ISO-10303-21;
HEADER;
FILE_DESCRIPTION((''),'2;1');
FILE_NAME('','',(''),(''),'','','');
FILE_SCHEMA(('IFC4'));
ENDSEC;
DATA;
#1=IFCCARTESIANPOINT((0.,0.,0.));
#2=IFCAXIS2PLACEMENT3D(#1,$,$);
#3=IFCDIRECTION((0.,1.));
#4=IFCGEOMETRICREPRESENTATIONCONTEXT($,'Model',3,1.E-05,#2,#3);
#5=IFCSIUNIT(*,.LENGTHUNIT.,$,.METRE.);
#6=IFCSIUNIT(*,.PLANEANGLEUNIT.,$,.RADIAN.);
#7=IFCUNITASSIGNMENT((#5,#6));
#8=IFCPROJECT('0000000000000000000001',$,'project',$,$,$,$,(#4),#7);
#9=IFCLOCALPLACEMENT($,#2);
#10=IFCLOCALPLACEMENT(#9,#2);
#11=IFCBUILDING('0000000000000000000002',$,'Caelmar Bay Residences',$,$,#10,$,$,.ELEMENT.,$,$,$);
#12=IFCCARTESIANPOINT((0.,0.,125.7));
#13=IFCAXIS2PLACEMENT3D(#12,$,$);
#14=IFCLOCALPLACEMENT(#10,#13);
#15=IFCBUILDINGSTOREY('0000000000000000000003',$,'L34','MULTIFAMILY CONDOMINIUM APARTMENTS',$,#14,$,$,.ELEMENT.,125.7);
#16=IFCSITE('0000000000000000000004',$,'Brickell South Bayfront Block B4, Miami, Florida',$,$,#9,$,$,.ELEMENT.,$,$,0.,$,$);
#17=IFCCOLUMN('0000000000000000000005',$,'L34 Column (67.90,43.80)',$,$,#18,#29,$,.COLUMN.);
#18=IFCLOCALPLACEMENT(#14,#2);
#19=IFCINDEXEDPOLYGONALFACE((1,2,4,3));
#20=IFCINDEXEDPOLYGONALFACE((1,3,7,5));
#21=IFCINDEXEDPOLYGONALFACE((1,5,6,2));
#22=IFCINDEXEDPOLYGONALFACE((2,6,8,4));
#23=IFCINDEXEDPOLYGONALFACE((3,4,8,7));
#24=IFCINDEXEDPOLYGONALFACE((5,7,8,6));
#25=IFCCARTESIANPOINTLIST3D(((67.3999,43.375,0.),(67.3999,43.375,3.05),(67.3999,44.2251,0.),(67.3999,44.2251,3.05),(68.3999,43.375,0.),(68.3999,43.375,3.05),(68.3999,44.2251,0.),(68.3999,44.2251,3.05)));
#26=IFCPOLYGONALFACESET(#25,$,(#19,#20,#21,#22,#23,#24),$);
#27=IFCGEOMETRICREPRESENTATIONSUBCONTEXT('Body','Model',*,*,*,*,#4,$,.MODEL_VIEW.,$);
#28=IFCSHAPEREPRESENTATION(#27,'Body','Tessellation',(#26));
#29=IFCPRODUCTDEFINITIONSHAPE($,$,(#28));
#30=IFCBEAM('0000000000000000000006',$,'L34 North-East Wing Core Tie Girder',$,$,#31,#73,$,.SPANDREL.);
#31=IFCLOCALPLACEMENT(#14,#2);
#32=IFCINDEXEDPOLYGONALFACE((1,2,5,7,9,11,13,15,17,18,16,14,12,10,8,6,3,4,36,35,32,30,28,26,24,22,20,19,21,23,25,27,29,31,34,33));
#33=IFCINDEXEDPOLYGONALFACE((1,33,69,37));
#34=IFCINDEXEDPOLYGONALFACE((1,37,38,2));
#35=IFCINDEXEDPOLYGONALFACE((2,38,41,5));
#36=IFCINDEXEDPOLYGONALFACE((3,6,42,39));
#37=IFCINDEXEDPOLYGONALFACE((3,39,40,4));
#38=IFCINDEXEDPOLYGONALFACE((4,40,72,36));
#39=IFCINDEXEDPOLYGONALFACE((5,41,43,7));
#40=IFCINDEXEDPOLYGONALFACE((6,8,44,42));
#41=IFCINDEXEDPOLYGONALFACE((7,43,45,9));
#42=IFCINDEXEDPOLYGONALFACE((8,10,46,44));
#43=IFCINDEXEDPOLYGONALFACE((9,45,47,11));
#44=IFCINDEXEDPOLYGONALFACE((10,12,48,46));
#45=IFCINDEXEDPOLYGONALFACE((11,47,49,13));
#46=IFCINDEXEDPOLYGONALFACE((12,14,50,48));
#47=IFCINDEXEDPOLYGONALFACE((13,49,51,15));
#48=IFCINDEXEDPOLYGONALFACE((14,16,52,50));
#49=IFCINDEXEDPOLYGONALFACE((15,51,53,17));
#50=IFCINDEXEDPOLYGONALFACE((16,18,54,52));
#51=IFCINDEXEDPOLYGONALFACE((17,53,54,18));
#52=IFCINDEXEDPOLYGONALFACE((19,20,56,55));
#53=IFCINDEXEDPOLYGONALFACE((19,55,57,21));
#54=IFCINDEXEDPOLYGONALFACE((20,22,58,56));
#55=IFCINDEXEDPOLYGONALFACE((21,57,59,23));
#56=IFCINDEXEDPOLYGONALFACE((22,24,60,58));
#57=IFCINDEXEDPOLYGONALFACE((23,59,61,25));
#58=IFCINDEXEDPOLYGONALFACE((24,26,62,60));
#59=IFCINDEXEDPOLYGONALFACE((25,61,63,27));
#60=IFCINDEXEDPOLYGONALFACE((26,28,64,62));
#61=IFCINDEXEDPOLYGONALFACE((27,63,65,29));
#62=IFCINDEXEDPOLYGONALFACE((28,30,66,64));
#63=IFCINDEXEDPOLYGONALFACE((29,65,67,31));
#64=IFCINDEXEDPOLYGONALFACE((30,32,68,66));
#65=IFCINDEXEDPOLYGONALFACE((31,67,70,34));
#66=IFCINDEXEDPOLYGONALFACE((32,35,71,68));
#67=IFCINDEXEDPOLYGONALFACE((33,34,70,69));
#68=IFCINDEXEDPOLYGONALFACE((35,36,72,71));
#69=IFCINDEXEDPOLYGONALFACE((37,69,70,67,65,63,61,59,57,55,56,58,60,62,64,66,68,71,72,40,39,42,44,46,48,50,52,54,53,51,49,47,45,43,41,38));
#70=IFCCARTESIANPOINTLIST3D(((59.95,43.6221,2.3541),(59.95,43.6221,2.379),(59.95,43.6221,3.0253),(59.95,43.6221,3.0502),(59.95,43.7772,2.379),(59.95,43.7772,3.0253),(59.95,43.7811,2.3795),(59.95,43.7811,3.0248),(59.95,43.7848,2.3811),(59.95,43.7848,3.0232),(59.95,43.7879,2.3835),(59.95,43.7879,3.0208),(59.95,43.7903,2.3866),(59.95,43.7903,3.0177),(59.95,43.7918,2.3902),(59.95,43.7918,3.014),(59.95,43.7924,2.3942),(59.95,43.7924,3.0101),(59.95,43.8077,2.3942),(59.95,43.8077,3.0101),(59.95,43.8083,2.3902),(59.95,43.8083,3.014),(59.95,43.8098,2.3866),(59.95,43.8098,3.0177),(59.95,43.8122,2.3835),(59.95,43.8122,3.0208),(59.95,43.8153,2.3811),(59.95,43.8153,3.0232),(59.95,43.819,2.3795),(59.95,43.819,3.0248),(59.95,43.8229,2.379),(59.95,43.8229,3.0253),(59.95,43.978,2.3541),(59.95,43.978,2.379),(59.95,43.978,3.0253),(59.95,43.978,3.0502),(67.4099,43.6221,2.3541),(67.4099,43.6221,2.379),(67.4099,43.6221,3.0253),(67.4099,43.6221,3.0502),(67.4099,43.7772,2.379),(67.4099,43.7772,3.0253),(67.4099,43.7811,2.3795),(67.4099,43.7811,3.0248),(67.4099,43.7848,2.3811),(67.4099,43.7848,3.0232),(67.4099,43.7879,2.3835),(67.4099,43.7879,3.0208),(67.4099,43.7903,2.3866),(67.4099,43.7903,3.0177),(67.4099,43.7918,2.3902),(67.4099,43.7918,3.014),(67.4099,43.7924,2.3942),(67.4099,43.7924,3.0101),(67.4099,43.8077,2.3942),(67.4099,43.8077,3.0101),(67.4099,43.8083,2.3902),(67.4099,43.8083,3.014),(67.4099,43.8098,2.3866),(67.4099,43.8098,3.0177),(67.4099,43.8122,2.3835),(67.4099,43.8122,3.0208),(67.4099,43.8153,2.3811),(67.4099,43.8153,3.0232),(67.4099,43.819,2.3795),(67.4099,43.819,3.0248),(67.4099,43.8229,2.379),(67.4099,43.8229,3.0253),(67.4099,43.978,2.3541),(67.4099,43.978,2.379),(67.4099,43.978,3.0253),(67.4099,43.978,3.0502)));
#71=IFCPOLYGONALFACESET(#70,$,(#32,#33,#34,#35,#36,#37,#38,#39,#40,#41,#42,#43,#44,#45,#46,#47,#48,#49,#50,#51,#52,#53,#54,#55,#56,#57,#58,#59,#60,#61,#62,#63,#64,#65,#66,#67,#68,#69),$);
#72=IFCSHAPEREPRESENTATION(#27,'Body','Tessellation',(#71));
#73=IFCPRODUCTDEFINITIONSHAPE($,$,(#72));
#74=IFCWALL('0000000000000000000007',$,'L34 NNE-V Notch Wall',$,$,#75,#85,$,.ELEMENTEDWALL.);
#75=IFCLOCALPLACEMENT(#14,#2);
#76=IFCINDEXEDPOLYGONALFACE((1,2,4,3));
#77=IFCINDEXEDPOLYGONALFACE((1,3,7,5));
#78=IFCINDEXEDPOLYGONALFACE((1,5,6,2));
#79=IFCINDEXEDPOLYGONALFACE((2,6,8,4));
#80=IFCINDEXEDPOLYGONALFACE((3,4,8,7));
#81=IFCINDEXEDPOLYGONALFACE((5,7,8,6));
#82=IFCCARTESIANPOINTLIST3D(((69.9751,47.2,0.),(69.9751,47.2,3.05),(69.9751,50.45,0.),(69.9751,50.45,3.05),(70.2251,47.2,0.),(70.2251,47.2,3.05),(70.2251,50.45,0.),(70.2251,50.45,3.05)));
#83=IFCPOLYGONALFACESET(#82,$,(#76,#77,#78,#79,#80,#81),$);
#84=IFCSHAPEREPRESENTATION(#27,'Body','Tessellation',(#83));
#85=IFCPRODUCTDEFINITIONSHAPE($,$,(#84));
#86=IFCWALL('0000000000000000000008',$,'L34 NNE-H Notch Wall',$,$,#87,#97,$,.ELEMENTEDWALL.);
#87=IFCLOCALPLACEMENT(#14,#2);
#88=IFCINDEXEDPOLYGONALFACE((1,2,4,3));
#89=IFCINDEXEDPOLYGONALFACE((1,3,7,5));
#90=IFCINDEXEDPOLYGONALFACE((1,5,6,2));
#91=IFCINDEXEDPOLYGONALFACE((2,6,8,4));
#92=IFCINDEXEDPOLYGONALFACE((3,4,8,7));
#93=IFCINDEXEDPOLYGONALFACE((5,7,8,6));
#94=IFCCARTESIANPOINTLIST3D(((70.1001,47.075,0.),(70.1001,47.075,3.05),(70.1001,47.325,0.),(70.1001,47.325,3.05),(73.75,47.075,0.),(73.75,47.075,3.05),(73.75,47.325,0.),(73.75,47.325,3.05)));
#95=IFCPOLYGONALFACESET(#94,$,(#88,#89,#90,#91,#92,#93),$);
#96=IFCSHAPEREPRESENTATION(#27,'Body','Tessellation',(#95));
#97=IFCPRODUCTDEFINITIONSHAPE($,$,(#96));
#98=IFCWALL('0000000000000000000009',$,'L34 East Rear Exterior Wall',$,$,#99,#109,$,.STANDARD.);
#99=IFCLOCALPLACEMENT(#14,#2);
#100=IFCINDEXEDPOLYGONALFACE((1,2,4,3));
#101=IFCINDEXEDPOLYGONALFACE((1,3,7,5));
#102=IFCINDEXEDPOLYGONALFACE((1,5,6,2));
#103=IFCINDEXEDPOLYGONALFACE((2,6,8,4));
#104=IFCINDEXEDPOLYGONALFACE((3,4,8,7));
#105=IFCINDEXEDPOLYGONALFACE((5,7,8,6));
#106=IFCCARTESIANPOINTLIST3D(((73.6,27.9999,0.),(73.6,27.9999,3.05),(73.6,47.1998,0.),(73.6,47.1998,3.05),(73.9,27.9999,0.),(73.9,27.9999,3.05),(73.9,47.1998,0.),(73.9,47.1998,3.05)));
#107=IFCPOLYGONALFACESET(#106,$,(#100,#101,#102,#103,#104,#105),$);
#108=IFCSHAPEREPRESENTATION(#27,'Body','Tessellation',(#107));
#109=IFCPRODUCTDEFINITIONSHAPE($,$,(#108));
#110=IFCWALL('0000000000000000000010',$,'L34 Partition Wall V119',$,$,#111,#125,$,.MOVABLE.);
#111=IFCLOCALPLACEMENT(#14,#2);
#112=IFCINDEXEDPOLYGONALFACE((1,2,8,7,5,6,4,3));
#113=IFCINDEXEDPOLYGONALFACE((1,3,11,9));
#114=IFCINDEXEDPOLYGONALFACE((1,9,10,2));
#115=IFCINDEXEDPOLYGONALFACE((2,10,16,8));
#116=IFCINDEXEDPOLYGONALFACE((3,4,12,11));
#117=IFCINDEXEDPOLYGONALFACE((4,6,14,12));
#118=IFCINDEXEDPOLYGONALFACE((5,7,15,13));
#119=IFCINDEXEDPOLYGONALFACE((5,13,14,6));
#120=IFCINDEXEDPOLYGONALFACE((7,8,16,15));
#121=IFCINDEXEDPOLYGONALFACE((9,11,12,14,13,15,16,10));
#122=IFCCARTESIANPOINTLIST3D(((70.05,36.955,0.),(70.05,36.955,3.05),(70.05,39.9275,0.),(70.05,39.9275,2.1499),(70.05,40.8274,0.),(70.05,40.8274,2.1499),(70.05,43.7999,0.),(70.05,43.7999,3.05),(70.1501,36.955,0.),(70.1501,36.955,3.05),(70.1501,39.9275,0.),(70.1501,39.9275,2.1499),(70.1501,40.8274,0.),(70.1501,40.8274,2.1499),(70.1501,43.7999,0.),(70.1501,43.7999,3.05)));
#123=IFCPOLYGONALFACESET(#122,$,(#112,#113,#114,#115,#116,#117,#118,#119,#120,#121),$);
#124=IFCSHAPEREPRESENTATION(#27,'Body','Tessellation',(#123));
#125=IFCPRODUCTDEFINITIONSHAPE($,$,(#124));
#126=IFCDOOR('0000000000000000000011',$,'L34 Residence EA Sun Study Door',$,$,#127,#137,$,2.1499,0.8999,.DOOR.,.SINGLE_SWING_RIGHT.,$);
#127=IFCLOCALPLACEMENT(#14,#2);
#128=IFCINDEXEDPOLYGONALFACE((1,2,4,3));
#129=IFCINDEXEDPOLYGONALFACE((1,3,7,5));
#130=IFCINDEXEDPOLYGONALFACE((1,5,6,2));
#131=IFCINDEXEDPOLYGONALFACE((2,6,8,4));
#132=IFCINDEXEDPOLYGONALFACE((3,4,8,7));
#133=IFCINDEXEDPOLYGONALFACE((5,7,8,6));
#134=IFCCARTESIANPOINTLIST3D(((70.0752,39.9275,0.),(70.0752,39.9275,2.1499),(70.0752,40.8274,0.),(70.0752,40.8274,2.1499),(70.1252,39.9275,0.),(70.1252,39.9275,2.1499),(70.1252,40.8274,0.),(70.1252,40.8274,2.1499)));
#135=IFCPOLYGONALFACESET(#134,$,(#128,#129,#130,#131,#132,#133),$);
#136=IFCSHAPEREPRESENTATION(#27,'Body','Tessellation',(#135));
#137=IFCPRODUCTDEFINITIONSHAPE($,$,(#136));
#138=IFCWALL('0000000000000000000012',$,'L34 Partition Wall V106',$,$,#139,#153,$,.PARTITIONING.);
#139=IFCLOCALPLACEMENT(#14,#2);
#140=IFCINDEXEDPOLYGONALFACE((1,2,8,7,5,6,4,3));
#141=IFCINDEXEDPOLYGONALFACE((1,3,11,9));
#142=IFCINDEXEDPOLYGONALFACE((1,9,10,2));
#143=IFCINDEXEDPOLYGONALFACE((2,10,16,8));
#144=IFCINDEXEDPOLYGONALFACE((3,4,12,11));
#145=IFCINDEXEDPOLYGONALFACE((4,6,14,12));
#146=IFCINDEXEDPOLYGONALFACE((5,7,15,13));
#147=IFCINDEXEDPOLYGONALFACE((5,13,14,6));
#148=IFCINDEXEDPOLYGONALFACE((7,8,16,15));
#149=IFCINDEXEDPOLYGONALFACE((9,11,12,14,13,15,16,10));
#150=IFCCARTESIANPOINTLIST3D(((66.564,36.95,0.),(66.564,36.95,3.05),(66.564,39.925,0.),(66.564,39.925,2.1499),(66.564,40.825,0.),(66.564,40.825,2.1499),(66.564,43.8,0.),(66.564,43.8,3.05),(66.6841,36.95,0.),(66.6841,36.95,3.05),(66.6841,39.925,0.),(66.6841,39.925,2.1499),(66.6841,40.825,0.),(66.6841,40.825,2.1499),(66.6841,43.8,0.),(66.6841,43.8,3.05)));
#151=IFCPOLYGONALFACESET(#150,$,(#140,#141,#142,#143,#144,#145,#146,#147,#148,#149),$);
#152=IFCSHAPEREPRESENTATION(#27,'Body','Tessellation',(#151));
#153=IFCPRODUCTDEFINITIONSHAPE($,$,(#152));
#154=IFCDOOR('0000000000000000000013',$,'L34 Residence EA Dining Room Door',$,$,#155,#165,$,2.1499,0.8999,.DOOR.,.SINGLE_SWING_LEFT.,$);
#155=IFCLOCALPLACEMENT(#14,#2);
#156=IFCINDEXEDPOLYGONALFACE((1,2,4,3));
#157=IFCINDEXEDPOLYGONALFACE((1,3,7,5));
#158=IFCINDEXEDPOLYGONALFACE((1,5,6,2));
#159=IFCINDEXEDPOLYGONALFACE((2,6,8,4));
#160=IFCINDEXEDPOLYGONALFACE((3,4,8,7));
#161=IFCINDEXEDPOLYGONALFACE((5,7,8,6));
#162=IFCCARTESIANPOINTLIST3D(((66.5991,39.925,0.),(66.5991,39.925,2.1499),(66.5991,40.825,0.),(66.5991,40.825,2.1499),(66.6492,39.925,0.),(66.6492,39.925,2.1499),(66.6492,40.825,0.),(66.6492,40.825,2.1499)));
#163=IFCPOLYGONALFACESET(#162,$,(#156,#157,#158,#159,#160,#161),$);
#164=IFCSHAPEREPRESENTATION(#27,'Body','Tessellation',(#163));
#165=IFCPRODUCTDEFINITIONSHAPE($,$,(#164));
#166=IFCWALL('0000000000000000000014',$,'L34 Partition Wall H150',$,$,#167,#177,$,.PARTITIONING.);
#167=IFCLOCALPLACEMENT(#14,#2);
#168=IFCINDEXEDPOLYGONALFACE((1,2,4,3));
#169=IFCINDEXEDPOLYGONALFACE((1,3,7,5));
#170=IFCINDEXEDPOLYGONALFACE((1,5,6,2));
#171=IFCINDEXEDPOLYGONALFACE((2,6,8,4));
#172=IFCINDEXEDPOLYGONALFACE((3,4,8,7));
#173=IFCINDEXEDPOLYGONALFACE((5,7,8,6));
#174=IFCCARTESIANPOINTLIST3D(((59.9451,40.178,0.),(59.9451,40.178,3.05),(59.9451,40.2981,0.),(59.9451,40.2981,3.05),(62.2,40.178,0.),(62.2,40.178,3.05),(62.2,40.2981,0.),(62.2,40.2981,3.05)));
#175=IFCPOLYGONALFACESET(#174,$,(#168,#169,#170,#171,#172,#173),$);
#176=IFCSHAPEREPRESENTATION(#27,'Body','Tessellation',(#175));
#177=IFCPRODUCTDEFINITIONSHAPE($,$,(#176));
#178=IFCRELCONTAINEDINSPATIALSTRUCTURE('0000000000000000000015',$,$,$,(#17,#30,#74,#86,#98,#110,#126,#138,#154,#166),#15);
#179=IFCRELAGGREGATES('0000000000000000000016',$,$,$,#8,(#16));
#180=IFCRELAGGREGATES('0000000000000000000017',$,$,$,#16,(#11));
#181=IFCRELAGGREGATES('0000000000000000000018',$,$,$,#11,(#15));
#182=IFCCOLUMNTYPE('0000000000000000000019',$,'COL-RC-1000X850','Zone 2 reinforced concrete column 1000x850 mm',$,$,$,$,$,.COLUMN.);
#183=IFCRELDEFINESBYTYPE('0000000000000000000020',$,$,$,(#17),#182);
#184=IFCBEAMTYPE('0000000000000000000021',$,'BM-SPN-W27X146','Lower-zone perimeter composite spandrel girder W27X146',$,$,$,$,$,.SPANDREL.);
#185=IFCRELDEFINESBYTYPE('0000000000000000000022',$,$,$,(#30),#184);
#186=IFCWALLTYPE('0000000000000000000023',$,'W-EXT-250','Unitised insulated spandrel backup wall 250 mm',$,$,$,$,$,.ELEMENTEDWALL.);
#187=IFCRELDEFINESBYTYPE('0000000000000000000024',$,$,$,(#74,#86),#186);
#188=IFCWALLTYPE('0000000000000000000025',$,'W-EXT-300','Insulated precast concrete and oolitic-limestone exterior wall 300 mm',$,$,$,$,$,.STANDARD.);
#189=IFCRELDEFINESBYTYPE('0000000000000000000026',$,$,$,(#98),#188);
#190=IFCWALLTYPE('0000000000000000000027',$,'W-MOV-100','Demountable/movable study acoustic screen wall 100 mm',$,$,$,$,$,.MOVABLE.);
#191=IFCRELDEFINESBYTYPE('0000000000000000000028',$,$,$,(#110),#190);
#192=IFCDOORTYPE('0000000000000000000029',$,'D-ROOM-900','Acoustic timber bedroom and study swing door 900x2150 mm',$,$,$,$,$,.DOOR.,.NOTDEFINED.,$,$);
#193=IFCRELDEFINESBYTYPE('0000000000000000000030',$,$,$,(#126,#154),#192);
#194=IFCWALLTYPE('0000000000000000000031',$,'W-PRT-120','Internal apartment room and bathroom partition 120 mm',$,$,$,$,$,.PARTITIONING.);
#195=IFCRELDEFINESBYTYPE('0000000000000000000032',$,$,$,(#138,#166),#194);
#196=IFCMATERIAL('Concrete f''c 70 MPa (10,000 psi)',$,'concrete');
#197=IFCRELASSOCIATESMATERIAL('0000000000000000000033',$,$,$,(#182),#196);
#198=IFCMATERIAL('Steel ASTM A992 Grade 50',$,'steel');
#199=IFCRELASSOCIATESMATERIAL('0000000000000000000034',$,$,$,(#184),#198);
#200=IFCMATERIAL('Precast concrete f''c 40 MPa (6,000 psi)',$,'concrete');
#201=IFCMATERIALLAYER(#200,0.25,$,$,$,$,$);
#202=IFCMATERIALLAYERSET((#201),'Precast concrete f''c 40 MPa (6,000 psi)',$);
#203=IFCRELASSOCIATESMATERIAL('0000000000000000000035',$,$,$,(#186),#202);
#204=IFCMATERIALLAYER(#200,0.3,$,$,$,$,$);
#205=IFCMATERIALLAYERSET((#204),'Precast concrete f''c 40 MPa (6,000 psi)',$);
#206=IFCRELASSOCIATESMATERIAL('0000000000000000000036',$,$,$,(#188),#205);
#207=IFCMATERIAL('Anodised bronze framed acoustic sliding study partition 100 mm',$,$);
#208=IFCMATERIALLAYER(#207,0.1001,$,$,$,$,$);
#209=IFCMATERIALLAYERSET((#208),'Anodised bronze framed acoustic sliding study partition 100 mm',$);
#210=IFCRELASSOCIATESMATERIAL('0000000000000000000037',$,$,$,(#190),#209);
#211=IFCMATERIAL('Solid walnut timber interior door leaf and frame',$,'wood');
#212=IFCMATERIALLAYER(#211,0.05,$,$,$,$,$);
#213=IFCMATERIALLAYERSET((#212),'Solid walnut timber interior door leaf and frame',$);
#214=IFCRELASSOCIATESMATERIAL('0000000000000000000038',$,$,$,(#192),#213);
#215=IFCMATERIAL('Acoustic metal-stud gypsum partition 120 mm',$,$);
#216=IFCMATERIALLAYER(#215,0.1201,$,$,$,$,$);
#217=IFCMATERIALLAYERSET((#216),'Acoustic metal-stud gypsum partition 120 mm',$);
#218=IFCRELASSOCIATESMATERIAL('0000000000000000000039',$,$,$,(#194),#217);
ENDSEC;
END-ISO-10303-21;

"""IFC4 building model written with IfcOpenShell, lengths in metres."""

from ifc_helpers import new_model, si_unit, direction, frame, frame_2d, origin, origin_2d, place, context, subcontext, project, spatial, rectangle, i_section, extrude, material, layer, layer_set, material_profile, profile_set, type_object, element, fill, save


model = new_model("IFC4")

# Units and contexts
model_context = context("Model", 3, precision=1e-05, world=origin(), true_north=direction((0.0, 1.0)))
body_context = subcontext(model_context, "Body", "Model", "MODEL_VIEW")
ifc_project = project(units=[si_unit("LENGTHUNIT", "METRE"), si_unit("PLANEANGLEUNIT", "RADIAN")], contexts=[model_context])

# Site, building, storey
site_placement = place(None, origin())
site = spatial("IfcSite", under=ifc_project, at=site_placement, Name="Brickell South Bayfront Block B4, Miami, Florida", CompositionType="ELEMENT", RefElevation=0.0)
building_placement = place(site_placement, origin())
building = spatial("IfcBuilding", under=site, at=building_placement, Name="Caelmar Bay Residences", CompositionType="ELEMENT")
storey_placement = place(building_placement, frame((0.0, 0.0, 125.7)))
storey = spatial("IfcBuildingStorey", under=building, at=storey_placement, Name="L34", Description="MULTIFAMILY CONDOMINIUM APARTMENTS", CompositionType="ELEMENT", Elevation=125.7)

# Column
ifc_material_1 = material(Name="Concrete f'c 70 MPa (10,000 psi)", Category="concrete")
ifc_material_profile_1 = material_profile(ifc_material_1, rectangle(XDim=1.0, YDim=0.8501, at=origin_2d()), Name="RC-COL-1000X850")
ifc_profile_set_1 = profile_set([ifc_material_profile_1], Name="Concrete f'c 70 MPa (10,000 psi)")
column_type = type_object("IfcColumnType", Name="COL-RC-1000X850", Description="Zone 2 reinforced concrete column 1000x850 mm", PredefinedType="COLUMN", material=ifc_profile_set_1)
column_placement = place(storey_placement, frame((67.8999, 43.8, 0.0), z_axis=(0.0, 0.0, 1.0), x_axis=(1.0, 0.0, 0.0)))
element("IfcColumn", 1, at=column_placement, inside=storey, type_object=column_type, Name="L34 Column (67.90,43.80)", PredefinedType="COLUMN", context=body_context, shape_type="SweptSolid", body=[
    extrude(rectangle(XDim=1.0, YDim=0.8501, at=origin_2d()), origin(), (0.0, 0.0, 1.0), 3.05),
])

# Beam
ifc_material_2 = material(Name="Steel ASTM A992 Grade 50", Category="steel")
ifc_material_profile_2 = material_profile(ifc_material_2, i_section(OverallWidth=0.356, OverallDepth=0.696, WebThickness=0.0154, FlangeThickness=0.0249, FilletRadius=0.0151, at=origin_2d()), Name="W27X146")
ifc_profile_set_2 = profile_set([ifc_material_profile_2], Name="Steel ASTM A992 Grade 50")
beam_type = type_object("IfcBeamType", Name="BM-SPN-W27X146", Description="Lower-zone perimeter composite spandrel girder W27X146", PredefinedType="SPANDREL", material=ifc_profile_set_2)
beam_placement = place(storey_placement, frame((59.95, 43.8, 2.7021), z_axis=(1.0, 0.0, 0.0), x_axis=(0.0, 1.0, 0.0)))
element("IfcBeam", 2, at=beam_placement, inside=storey, type_object=beam_type, Name="L34 North-East Wing Core Tie Girder", PredefinedType="SPANDREL", context=body_context, shape_type="SweptSolid", body=[
    extrude(i_section(OverallWidth=0.356, OverallDepth=0.696, WebThickness=0.0154, FlangeThickness=0.0249, FilletRadius=0.0151, at=origin_2d()), origin(), (0.0, 0.0, 1.0), 7.46),
])

# Walls
ifc_material_3 = material(Name="Precast concrete f'c 40 MPa (6,000 psi)", Category="concrete")
ifc_layer_1 = layer(ifc_material_3, 0.25)
ifc_layer_set_1 = layer_set([ifc_layer_1], Name="Precast concrete f'c 40 MPa (6,000 psi)")
wall_type_1 = type_object("IfcWallType", Name="W-EXT-250", Description="Unitised insulated spandrel backup wall 250 mm", PredefinedType="ELEMENTEDWALL", material=ifc_layer_set_1)
wall_1_placement = place(storey_placement, frame((70.1001, 50.45, 0.0), z_axis=(0.0, 0.0, 1.0), x_axis=(0.0, -1.0, 0.0)))
element("IfcWall", 3, at=wall_1_placement, inside=storey, type_object=wall_type_1, Name="L34 NNE-V Notch Wall", PredefinedType="ELEMENTEDWALL", context=body_context, shape_type="SweptSolid", body=[
    extrude(rectangle(XDim=3.25, YDim=0.25, at=frame_2d((1.625, 0.0))), origin(), (0.0, 0.0, 1.0), 3.05),
])
wall_2_placement = place(storey_placement, frame((70.1001, 47.2, 0.0), z_axis=(0.0, 0.0, 1.0), x_axis=(1.0, 0.0, 0.0)))
element("IfcWall", 4, at=wall_2_placement, inside=storey, type_object=wall_type_1, Name="L34 NNE-H Notch Wall", PredefinedType="ELEMENTEDWALL", context=body_context, shape_type="SweptSolid", body=[
    extrude(rectangle(XDim=3.6499, YDim=0.25, at=frame_2d((1.825, 0.0))), origin(), (0.0, 0.0, 1.0), 3.05),
])
ifc_layer_2 = layer(ifc_material_3, 0.3)
ifc_layer_set_2 = layer_set([ifc_layer_2], Name="Precast concrete f'c 40 MPa (6,000 psi)")
wall_type_2 = type_object("IfcWallType", Name="W-EXT-300", Description="Insulated precast concrete and oolitic-limestone exterior wall 300 mm", PredefinedType="STANDARD", material=ifc_layer_set_2)
wall_3_placement = place(storey_placement, frame((73.75, 47.2, 0.0), z_axis=(0.0, 0.0, 1.0), x_axis=(0.0, -1.0, 0.0)))
element("IfcWall", 5, at=wall_3_placement, inside=storey, type_object=wall_type_2, Name="L34 East Rear Exterior Wall", PredefinedType="STANDARD", context=body_context, shape_type="SweptSolid", body=[
    extrude(rectangle(XDim=19.2, YDim=0.3, at=frame_2d((9.6001, 0.0))), origin(), (0.0, 0.0, 1.0), 3.05),
])

# Walls, openings, doors
ifc_material_4 = material(Name="Anodised bronze framed acoustic sliding study partition 100 mm")
ifc_layer_3 = layer(ifc_material_4, 0.1001)
ifc_layer_set_3 = layer_set([ifc_layer_3], Name="Anodised bronze framed acoustic sliding study partition 100 mm")
wall_type_3 = type_object("IfcWallType", Name="W-MOV-100", Description="Demountable/movable study acoustic screen wall 100 mm", PredefinedType="MOVABLE", material=ifc_layer_set_3)
wall_4_placement = place(storey_placement, frame((70.1001, 36.9551, 0.0), z_axis=(0.0, 0.0, 1.0), x_axis=(0.0, 1.0, 0.0)))
wall_4 = element("IfcWall", 6, at=wall_4_placement, inside=storey, type_object=wall_type_3, Name="L34 Partition Wall V119", PredefinedType="MOVABLE", context=body_context, shape_type="SweptSolid", body=[
    extrude(rectangle(XDim=6.845, YDim=0.1001, at=frame_2d((3.4224, 0.0))), origin(), (0.0, 0.0, 1.0), 3.05),
])
opening_1_placement = place(wall_4_placement, frame((2.9724, 0.0, 0.0)))
opening_1 = element("IfcOpeningElement", 7, at=opening_1_placement, cuts=wall_4, PredefinedType="OPENING", context=body_context, shape_type="SweptSolid", body=[
    extrude(rectangle(XDim=0.8999, YDim=2.1499, at=frame_2d((0.45, 1.075))), frame((0.0, 0.0601, 0.0), z_axis=(0.0, -1.0, 0.0), x_axis=(1.0, 0.0, 0.0)), (0.0, 0.0, 1.0), 0.1201),
])
ifc_material_5 = material(Name="Solid walnut timber interior door leaf and frame", Category="wood")
ifc_layer_4 = layer(ifc_material_5, 0.05)
ifc_layer_set_4 = layer_set([ifc_layer_4], Name="Solid walnut timber interior door leaf and frame")
door_type_1 = type_object("IfcDoorType", Name="D-ROOM-900", Description="Acoustic timber bedroom and study swing door 900x2150 mm", OperationType="NOTDEFINED", PredefinedType="DOOR", material=ifc_layer_set_4)
door_1_placement = place(opening_1_placement, origin())
door_1 = element("IfcDoor", 8, at=door_1_placement, inside=storey, type_object=door_type_1, Name="L34 Residence EA Sun Study Door", OperationType="SINGLE_SWING_RIGHT", OverallHeight=2.1499, OverallWidth=0.8999, PredefinedType="DOOR", context=body_context, shape_type="SweptSolid", body=[
    extrude(rectangle(XDim=0.8999, YDim=2.1499, at=frame_2d((0.45, 1.075))), frame((0.0, 0.0249, 0.0), z_axis=(0.0, -1.0, 0.0), x_axis=(1.0, 0.0, 0.0)), (0.0, 0.0, 1.0), 0.05),
])
fill(opening_1, door_1)
ifc_material_6 = material(Name="Acoustic metal-stud gypsum partition 120 mm")
ifc_layer_5 = layer(ifc_material_6, 0.1201)
ifc_layer_set_5 = layer_set([ifc_layer_5], Name="Acoustic metal-stud gypsum partition 120 mm")
wall_type_4 = type_object("IfcWallType", Name="W-PRT-120", Description="Internal apartment room and bathroom partition 120 mm", PredefinedType="PARTITIONING", material=ifc_layer_set_5)
wall_5_placement = place(storey_placement, frame((66.624, 36.95, 0.0), z_axis=(0.0, 0.0, 1.0), x_axis=(0.0, 1.0, 0.0)))
wall_5 = element("IfcWall", 9, at=wall_5_placement, inside=storey, type_object=wall_type_4, Name="L34 Partition Wall V106", PredefinedType="PARTITIONING", context=body_context, shape_type="SweptSolid", body=[
    extrude(rectangle(XDim=6.8501, YDim=0.1201, at=frame_2d((3.425, 0.0))), origin(), (0.0, 0.0, 1.0), 3.05),
])
opening_2_placement = place(wall_5_placement, frame((2.9751, 0.0, 0.0)))
opening_2 = element("IfcOpeningElement", 10, at=opening_2_placement, cuts=wall_5, PredefinedType="OPENING", context=body_context, shape_type="SweptSolid", body=[
    extrude(rectangle(XDim=0.8999, YDim=2.1499, at=frame_2d((0.45, 1.075))), frame((0.0, 0.0701, 0.0), z_axis=(0.0, -1.0, 0.0), x_axis=(1.0, 0.0, 0.0)), (0.0, 0.0, 1.0), 0.1401),
])
door_2_placement = place(opening_2_placement, origin())
door_2 = element("IfcDoor", 11, at=door_2_placement, inside=storey, type_object=door_type_1, Name="L34 Residence EA Dining Room Door", OperationType="SINGLE_SWING_LEFT", OverallHeight=2.1499, OverallWidth=0.8999, PredefinedType="DOOR", context=body_context, shape_type="SweptSolid", body=[
    extrude(rectangle(XDim=0.8999, YDim=2.1499, at=frame_2d((0.45, 1.075))), frame((0.0, 0.0249, 0.0), z_axis=(0.0, -1.0, 0.0), x_axis=(1.0, 0.0, 0.0)), (0.0, 0.0, 1.0), 0.05),
])
fill(opening_2, door_2)

# Wall
wall_6_placement = place(storey_placement, frame((59.9451, 40.238, 0.0), z_axis=(0.0, 0.0, 1.0), x_axis=(1.0, 0.0, 0.0)))
element("IfcWall", 12, at=wall_6_placement, inside=storey, type_object=wall_type_4, Name="L34 Partition Wall H150", PredefinedType="PARTITIONING", context=body_context, shape_type="SweptSolid", body=[
    extrude(rectangle(XDim=2.2549, YDim=0.1201, at=frame_2d((1.1274, 0.0))), origin(), (0.0, 0.0, 1.0), 3.05),
])

save(model, "model.ifc")
